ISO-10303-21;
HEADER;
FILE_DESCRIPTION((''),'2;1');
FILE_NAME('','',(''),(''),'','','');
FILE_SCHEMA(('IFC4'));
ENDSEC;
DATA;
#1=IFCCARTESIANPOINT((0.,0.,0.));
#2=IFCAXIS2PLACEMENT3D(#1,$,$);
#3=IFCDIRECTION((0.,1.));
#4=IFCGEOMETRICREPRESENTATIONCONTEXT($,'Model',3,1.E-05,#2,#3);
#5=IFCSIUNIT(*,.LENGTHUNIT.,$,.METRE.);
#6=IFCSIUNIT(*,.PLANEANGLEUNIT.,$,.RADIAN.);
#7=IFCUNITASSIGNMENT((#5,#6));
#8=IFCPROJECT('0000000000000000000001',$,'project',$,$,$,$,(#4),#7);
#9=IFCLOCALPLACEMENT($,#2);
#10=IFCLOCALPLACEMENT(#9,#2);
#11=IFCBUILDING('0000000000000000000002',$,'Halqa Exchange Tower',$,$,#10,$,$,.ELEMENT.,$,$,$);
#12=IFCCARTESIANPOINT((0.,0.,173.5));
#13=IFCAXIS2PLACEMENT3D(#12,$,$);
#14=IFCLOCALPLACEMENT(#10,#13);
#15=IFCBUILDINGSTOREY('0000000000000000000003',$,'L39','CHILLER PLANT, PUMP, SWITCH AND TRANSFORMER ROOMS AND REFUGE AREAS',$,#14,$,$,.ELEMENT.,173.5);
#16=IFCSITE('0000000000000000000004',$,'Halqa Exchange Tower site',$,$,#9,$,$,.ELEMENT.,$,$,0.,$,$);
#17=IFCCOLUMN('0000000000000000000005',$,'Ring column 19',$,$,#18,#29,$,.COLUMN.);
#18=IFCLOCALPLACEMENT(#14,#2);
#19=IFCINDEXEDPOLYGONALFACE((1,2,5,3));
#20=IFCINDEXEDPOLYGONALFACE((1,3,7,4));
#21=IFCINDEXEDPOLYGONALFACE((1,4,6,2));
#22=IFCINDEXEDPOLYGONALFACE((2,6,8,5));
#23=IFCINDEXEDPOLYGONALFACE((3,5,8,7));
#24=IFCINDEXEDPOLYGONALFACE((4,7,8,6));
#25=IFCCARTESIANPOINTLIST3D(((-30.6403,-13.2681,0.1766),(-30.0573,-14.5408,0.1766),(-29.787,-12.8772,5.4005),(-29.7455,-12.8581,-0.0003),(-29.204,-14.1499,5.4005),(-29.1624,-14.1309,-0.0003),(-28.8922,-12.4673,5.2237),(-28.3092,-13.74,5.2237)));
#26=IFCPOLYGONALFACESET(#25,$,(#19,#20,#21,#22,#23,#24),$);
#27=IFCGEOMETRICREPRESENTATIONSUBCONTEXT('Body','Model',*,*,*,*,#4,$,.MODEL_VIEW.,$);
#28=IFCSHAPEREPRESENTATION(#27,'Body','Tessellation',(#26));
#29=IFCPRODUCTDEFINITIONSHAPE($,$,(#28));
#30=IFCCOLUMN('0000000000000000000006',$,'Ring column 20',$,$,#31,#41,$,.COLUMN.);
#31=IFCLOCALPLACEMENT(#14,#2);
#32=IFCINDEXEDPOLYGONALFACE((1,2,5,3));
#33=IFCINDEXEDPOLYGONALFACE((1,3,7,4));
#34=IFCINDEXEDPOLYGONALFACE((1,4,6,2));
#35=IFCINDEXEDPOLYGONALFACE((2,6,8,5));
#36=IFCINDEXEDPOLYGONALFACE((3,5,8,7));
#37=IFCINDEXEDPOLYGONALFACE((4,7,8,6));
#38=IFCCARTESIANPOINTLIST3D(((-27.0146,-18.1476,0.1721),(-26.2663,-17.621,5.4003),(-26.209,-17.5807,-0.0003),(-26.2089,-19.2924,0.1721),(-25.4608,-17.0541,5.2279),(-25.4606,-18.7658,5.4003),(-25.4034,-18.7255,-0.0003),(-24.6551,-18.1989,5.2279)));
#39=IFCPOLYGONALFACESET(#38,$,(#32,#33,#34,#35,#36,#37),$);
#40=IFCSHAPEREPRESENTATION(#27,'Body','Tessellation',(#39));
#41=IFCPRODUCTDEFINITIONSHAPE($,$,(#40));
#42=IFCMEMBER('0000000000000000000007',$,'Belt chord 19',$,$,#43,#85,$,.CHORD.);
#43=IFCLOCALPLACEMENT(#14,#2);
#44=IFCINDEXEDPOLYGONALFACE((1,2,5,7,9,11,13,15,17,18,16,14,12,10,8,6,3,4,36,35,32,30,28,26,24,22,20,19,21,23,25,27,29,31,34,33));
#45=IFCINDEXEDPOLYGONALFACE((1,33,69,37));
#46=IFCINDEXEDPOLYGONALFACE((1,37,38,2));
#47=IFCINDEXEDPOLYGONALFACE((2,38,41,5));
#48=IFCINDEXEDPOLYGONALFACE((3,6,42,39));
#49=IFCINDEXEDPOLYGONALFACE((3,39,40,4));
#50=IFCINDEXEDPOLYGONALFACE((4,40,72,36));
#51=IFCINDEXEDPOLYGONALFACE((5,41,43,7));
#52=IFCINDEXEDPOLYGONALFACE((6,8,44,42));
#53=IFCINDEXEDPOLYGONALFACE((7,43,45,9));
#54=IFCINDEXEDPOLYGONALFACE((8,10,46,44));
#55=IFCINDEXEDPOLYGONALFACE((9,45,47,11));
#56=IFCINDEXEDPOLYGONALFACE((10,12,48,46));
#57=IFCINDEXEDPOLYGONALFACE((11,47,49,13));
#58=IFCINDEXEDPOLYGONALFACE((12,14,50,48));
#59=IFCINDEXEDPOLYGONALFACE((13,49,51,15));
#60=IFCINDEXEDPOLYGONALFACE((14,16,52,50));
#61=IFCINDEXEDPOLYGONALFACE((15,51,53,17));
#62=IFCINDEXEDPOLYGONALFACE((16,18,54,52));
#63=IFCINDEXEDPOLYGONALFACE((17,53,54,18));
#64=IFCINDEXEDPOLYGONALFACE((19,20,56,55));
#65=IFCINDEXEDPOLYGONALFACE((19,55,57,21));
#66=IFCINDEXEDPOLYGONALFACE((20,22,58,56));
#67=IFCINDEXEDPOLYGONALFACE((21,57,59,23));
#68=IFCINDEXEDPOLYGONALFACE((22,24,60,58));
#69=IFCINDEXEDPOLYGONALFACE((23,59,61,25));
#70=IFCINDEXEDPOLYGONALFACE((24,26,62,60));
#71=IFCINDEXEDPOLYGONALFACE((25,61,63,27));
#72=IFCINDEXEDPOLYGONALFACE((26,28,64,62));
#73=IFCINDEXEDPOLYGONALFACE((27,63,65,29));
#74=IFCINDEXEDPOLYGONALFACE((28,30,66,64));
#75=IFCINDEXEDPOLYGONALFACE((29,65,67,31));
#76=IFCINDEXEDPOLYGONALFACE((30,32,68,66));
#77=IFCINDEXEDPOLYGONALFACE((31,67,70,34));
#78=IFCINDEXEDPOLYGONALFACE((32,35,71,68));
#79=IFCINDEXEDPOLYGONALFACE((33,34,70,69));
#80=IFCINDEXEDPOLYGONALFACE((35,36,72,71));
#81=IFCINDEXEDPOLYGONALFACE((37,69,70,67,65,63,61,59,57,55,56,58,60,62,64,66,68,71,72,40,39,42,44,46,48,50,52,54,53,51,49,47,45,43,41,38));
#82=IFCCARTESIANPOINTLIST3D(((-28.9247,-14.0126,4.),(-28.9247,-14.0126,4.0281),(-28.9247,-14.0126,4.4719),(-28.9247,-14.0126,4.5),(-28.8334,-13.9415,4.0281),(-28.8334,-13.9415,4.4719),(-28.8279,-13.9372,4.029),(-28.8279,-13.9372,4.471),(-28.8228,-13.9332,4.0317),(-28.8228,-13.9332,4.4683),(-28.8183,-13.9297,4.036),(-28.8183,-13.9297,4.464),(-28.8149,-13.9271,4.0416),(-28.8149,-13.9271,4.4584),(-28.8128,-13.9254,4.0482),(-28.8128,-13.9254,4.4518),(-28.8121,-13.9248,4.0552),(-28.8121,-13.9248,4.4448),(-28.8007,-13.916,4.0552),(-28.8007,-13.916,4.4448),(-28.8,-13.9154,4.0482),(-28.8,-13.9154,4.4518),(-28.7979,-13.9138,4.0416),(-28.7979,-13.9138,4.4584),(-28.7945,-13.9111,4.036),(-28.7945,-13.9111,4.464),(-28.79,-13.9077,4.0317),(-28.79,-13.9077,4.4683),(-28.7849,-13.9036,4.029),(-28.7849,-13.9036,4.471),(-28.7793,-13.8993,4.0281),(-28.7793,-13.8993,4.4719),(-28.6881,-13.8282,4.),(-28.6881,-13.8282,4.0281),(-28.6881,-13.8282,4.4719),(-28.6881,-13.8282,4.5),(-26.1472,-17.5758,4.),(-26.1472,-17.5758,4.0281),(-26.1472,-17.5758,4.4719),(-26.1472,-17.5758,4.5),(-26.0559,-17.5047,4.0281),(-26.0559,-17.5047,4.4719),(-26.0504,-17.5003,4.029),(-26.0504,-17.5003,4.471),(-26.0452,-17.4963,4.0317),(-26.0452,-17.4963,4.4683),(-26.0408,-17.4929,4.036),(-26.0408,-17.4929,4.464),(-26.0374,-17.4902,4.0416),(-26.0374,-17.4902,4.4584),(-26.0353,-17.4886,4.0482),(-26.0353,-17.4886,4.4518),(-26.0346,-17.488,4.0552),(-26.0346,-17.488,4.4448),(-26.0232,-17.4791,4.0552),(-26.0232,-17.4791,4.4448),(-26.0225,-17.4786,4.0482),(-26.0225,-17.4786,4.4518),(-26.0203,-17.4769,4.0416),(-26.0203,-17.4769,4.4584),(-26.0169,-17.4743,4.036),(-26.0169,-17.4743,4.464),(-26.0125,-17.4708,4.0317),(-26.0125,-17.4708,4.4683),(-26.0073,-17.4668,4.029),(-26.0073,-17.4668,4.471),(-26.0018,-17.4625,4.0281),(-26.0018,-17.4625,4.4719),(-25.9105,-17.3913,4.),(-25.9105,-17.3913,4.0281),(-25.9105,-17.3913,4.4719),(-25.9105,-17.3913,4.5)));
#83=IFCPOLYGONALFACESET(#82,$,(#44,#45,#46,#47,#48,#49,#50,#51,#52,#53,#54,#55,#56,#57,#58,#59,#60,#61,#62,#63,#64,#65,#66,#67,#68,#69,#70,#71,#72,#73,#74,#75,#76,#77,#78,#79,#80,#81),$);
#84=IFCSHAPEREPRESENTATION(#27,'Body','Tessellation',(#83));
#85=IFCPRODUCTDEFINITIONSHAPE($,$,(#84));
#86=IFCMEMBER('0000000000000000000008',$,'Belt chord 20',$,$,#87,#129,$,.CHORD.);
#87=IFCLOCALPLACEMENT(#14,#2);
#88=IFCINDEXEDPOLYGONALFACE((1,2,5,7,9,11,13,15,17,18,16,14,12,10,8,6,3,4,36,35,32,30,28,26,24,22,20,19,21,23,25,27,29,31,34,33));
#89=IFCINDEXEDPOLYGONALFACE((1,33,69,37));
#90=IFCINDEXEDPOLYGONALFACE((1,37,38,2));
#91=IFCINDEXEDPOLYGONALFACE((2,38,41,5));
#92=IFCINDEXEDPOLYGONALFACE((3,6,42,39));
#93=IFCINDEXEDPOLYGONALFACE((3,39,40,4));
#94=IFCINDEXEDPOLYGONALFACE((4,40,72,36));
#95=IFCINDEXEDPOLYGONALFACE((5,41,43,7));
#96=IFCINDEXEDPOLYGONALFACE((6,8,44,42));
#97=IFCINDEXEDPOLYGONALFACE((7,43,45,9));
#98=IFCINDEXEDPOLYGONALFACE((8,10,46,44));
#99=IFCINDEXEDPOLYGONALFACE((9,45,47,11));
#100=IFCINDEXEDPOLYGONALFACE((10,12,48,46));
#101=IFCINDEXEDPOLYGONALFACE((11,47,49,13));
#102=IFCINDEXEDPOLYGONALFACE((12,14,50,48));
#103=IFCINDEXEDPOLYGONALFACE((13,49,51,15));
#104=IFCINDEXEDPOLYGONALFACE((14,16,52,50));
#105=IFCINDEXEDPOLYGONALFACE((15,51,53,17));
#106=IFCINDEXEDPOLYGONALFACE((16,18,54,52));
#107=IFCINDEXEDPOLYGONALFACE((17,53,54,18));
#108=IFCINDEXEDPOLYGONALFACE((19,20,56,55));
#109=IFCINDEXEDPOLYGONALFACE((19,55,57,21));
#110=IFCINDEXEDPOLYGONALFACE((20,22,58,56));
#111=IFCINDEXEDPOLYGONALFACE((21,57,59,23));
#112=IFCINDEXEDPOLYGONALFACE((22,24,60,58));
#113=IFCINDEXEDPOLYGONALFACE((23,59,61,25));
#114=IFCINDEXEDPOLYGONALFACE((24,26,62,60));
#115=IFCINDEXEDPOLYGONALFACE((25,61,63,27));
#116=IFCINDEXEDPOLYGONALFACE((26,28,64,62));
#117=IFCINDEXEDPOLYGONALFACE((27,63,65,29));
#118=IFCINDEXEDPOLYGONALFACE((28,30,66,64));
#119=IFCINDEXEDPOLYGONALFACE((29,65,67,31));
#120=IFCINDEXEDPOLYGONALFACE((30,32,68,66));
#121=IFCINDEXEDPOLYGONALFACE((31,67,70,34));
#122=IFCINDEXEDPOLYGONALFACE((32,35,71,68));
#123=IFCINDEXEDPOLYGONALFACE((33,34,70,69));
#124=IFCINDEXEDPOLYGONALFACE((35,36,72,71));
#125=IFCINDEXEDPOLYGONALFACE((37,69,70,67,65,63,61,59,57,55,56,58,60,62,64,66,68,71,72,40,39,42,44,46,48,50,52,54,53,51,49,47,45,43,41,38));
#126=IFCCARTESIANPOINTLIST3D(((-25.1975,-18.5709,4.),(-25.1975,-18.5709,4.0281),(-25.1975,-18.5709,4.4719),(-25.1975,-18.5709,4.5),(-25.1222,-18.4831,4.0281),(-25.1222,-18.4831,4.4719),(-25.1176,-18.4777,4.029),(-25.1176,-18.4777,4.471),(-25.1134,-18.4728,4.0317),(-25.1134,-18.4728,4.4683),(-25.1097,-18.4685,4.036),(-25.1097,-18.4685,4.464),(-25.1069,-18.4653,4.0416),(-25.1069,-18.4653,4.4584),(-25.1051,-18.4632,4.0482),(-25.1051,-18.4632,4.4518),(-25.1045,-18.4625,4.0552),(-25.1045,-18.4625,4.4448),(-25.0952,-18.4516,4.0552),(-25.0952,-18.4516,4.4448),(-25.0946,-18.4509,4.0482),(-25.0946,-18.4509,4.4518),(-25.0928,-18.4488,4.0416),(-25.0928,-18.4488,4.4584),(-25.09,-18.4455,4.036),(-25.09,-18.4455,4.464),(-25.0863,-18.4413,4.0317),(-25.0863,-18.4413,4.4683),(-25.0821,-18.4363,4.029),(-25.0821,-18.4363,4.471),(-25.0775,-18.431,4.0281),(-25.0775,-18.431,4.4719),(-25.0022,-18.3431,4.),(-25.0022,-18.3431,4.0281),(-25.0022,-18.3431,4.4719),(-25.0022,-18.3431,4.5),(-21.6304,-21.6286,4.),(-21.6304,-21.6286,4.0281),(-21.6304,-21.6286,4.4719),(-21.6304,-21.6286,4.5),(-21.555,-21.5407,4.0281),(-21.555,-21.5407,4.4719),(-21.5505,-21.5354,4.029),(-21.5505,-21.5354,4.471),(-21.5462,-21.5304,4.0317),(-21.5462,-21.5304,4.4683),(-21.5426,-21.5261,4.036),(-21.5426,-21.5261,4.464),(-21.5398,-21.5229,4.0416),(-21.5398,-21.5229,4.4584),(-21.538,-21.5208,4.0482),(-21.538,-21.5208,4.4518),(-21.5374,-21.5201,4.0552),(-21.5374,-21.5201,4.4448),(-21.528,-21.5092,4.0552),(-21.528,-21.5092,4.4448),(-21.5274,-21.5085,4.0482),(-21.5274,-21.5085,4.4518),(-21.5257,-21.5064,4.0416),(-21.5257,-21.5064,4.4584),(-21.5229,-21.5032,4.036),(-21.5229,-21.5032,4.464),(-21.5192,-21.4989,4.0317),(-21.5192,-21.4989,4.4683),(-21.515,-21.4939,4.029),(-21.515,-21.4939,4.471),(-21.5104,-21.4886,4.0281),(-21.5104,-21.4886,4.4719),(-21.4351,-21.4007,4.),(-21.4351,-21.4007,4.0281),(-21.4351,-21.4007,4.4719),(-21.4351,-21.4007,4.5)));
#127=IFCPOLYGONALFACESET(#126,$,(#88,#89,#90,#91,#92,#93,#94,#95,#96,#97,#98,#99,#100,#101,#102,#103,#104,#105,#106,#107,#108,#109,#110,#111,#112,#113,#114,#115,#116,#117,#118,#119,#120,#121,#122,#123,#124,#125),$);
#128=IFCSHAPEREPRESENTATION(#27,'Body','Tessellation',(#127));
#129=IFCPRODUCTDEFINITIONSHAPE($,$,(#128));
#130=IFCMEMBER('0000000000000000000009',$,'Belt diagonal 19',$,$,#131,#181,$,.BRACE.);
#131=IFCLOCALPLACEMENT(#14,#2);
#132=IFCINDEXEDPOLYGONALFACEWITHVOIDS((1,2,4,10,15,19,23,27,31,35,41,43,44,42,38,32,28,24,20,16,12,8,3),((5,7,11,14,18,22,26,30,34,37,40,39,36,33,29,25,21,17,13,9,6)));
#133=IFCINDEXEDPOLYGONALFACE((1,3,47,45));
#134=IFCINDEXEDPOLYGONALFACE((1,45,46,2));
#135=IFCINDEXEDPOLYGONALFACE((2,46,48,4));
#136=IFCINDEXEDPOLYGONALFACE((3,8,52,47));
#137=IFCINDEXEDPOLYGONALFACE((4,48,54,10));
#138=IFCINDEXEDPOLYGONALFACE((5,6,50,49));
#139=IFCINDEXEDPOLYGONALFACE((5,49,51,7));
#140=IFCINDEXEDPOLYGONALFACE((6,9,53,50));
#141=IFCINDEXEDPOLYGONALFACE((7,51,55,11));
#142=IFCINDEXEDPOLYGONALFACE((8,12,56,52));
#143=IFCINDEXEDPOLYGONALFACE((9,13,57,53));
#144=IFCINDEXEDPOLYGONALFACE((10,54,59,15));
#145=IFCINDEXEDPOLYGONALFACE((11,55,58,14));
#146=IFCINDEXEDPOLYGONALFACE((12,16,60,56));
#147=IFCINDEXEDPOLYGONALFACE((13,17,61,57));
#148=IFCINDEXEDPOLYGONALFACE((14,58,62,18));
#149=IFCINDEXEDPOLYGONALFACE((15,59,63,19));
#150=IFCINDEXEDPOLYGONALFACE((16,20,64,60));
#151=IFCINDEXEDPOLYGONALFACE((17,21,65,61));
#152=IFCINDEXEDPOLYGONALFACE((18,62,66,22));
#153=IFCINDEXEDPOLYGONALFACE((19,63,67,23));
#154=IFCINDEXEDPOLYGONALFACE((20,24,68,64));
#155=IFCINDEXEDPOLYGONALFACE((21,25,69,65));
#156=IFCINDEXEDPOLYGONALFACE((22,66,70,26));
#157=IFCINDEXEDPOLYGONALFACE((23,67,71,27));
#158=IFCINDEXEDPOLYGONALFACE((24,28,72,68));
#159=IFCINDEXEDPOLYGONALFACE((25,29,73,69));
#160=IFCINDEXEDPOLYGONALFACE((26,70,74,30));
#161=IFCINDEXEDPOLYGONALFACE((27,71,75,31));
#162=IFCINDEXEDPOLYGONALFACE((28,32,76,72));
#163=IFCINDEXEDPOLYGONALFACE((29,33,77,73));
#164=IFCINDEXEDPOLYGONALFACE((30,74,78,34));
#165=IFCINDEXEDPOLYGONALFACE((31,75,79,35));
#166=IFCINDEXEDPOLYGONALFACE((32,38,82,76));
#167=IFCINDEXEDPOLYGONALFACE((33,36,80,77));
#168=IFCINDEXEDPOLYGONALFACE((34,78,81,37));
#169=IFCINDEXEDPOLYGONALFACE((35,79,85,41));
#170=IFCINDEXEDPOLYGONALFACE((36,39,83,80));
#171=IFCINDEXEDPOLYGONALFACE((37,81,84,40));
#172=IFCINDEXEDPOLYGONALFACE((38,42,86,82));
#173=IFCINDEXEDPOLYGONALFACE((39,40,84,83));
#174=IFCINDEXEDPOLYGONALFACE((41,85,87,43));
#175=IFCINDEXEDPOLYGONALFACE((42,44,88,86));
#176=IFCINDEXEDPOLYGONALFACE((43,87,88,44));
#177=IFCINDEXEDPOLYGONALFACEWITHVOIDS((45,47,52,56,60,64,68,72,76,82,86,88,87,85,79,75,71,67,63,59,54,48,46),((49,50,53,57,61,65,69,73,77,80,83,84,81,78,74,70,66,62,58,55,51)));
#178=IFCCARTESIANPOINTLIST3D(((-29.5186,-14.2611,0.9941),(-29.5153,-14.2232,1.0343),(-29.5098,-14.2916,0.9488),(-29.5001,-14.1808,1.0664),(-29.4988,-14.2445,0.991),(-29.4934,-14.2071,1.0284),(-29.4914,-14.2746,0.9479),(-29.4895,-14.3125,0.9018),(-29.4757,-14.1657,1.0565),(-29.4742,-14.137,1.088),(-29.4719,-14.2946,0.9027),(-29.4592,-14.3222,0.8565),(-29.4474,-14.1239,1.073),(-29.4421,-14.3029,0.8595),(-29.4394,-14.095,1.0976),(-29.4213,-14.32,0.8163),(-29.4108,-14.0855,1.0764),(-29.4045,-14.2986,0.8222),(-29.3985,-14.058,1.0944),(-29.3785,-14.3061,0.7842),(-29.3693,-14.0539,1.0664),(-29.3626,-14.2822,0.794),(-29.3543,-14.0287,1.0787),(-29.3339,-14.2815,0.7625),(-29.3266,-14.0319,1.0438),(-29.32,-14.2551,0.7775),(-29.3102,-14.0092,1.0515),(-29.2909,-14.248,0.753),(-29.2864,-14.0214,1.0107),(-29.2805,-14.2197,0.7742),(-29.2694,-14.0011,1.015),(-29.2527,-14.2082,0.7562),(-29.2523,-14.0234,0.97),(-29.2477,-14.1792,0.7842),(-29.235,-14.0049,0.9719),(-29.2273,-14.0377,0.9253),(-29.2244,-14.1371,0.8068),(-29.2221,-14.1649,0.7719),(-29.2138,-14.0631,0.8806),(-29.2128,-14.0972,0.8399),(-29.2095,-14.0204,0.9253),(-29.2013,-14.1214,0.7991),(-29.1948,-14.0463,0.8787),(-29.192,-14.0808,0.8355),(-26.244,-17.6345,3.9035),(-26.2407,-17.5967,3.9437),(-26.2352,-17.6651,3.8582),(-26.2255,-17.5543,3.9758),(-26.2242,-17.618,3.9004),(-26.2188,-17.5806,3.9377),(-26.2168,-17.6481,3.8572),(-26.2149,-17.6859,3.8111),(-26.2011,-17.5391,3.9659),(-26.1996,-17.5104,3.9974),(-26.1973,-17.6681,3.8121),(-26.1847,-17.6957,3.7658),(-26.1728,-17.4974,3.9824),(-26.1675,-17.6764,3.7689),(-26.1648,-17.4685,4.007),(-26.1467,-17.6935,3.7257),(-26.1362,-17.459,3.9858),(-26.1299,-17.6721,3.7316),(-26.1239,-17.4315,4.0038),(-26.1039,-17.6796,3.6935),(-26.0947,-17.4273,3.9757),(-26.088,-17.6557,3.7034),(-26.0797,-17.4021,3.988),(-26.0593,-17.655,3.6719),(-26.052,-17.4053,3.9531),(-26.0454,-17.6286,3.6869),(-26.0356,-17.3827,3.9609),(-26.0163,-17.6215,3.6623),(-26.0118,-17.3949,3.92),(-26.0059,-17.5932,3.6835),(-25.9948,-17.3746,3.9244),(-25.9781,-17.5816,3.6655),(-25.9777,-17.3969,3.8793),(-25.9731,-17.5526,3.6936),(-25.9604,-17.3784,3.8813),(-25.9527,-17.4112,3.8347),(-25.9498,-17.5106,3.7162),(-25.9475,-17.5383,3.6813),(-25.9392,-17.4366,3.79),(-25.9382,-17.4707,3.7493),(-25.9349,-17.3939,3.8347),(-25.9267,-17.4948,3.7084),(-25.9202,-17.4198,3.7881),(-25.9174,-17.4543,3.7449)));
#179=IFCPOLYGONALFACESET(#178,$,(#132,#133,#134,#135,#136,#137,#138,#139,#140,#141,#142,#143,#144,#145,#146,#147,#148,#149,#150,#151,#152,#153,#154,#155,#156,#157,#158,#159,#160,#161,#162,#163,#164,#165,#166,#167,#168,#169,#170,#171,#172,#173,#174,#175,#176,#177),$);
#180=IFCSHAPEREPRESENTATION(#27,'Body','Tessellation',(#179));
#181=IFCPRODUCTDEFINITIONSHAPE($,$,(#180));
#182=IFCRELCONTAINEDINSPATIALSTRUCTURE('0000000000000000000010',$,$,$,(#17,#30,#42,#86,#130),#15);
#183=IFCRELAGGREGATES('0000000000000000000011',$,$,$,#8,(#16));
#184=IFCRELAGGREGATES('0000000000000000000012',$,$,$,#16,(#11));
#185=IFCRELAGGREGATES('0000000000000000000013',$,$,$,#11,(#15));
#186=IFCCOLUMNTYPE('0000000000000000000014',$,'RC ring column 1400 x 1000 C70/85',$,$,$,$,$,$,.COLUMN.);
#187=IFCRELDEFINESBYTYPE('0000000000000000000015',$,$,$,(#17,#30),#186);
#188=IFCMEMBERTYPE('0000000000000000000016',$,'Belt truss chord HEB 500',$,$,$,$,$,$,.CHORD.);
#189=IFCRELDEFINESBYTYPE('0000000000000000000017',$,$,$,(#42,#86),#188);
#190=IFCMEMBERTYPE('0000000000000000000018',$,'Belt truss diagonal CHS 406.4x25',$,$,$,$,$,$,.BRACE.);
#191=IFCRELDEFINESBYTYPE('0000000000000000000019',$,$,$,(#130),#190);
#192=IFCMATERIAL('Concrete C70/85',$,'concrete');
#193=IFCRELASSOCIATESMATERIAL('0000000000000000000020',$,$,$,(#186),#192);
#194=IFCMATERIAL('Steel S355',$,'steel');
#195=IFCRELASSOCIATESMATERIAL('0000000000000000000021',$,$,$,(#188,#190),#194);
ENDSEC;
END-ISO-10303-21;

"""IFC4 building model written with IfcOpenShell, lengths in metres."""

from ifc_helpers import new_model, si_unit, direction, frame, origin, origin_2d, place, context, subcontext, project, spatial, rectangle, hollow_circle, i_section, extrude, material, material_profile, profile_set, type_object, element, save


model = new_model("IFC4")

# Units and contexts
model_context = context("Model", 3, precision=1e-05, world=origin(), true_north=direction((0.0, 1.0)))
body_context = subcontext(model_context, "Body", "Model", "MODEL_VIEW")
ifc_project = project(units=[si_unit("LENGTHUNIT", "METRE"), si_unit("PLANEANGLEUNIT", "RADIAN")], contexts=[model_context])

# Site, building, storey
site_placement = place(None, origin())
site = spatial("IfcSite", under=ifc_project, at=site_placement, Name="Halqa Exchange Tower site", CompositionType="ELEMENT", RefElevation=0.0)
building_placement = place(site_placement, origin())
building = spatial("IfcBuilding", under=site, at=building_placement, Name="Halqa Exchange Tower", CompositionType="ELEMENT")
storey_placement = place(building_placement, frame((0.0, 0.0, 173.5)))
storey = spatial("IfcBuildingStorey", under=building, at=storey_placement, Name="L39", Description="CHILLER PLANT, PUMP, SWITCH AND TRANSFORMER ROOMS AND REFUGE AREAS", CompositionType="ELEMENT", Elevation=173.5)

# Columns
ifc_material_1 = material(Name="Concrete C70/85", Category="concrete")
ifc_material_profile_1 = material_profile(ifc_material_1, rectangle(XDim=1.3999, YDim=1.0, at=origin_2d()), Name="1400 x 1000")
ifc_profile_set_1 = profile_set([ifc_material_profile_1], Name="Concrete C70/85")
column_type = type_object("IfcColumnType", Name="RC ring column 1400 x 1000 C70/85", PredefinedType="COLUMN", material=ifc_profile_set_1)
for number, where, z_axis, x_axis, name in (
    (1, (-29.9014, -13.6995, 0.0881), (0.160767, 0.073644, 0.984241), (-0.416467, 0.909151, 0.0), "Ring column 19"),
    (2, (-26.209, -18.4365, 0.0859), (0.140981, 0.099216, 0.985028), (-0.57552, 0.817788, 0.0), "Ring column 20"),
):
    element("IfcColumn", number, at=place(storey_placement, frame(where, z_axis=z_axis, x_axis=x_axis)), inside=storey, type_object=column_type, Name=name, PredefinedType="COLUMN", context=body_context, shape_type="SweptSolid", body=[
        extrude(rectangle(XDim=1.3999, YDim=1.0, at=origin_2d()), origin(), (0.0, 0.0, 1.0), 5.3076),
    ])

# Members
ifc_material_2 = material(Name="Steel S355", Category="steel")
ifc_material_profile_2 = material_profile(ifc_material_2, i_section(OverallWidth=0.3, OverallDepth=0.5, WebThickness=0.0144, FlangeThickness=0.0281, FilletRadius=0.0271, at=origin_2d()), Name="HEB 500")
ifc_profile_set_2 = profile_set([ifc_material_profile_2], Name="Steel S355")
member_type_1 = type_object("IfcMemberType", Name="Belt truss chord HEB 500", PredefinedType="CHORD", material=ifc_profile_set_2)
member_1_placement = place(storey_placement, frame((-28.8064, -13.9204, 4.25), z_axis=(0.614793, -0.788688, 0.0), x_axis=(0.788688, 0.614793, 0.0)))
element("IfcMember", 3, at=member_1_placement, inside=storey, type_object=member_type_1, Name="Belt chord 19", PredefinedType="CHORD", context=body_context, shape_type="SweptSolid", body=[
    extrude(i_section(OverallWidth=0.3, OverallDepth=0.5, WebThickness=0.0144, FlangeThickness=0.0281, FilletRadius=0.0271, at=origin_2d()), origin(), (0.0, 0.0, 1.0), 4.5178),
])
member_2_placement = place(storey_placement, frame((-25.0999, -18.457, 4.25), z_axis=(0.759249, -0.6508, 0.0), x_axis=(0.6508, 0.759249, 0.0)))
element("IfcMember", 4, at=member_2_placement, inside=storey, type_object=member_type_1, Name="Belt chord 20", PredefinedType="CHORD", context=body_context, shape_type="SweptSolid", body=[
    extrude(i_section(OverallWidth=0.3, OverallDepth=0.5, WebThickness=0.0144, FlangeThickness=0.0281, FilletRadius=0.0271, at=origin_2d()), origin(), (0.0, 0.0, 1.0), 4.6982),
])
ifc_material_profile_3 = material_profile(ifc_material_2, hollow_circle(Radius=0.2031, WallThickness=0.0249, at=origin_2d()), Name="CHS 406.4x25")
ifc_profile_set_3 = profile_set([ifc_material_profile_3], Name="Steel S355")
member_type_2 = type_object("IfcMemberType", Name="Belt truss diagonal CHS 406.4x25", PredefinedType="BRACE", material=ifc_profile_set_3)
member_3_placement = place(storey_placement, frame((-29.3552, -14.1619, 0.9253), z_axis=(0.592279, -0.610163, 0.52622), x_axis=(0.717544, 0.696513, 0.0)))
element("IfcMember", 5, at=member_3_placement, inside=storey, type_object=member_type_2, Name="Belt diagonal 19", PredefinedType="BRACE", context=body_context, shape_type="SweptSolid", body=[
    extrude(hollow_circle(Radius=0.2031, WallThickness=0.0249, at=origin_2d()), origin(), (0.0, 0.0, 1.0), 5.5288),
])

save(model, "model.ifc")
